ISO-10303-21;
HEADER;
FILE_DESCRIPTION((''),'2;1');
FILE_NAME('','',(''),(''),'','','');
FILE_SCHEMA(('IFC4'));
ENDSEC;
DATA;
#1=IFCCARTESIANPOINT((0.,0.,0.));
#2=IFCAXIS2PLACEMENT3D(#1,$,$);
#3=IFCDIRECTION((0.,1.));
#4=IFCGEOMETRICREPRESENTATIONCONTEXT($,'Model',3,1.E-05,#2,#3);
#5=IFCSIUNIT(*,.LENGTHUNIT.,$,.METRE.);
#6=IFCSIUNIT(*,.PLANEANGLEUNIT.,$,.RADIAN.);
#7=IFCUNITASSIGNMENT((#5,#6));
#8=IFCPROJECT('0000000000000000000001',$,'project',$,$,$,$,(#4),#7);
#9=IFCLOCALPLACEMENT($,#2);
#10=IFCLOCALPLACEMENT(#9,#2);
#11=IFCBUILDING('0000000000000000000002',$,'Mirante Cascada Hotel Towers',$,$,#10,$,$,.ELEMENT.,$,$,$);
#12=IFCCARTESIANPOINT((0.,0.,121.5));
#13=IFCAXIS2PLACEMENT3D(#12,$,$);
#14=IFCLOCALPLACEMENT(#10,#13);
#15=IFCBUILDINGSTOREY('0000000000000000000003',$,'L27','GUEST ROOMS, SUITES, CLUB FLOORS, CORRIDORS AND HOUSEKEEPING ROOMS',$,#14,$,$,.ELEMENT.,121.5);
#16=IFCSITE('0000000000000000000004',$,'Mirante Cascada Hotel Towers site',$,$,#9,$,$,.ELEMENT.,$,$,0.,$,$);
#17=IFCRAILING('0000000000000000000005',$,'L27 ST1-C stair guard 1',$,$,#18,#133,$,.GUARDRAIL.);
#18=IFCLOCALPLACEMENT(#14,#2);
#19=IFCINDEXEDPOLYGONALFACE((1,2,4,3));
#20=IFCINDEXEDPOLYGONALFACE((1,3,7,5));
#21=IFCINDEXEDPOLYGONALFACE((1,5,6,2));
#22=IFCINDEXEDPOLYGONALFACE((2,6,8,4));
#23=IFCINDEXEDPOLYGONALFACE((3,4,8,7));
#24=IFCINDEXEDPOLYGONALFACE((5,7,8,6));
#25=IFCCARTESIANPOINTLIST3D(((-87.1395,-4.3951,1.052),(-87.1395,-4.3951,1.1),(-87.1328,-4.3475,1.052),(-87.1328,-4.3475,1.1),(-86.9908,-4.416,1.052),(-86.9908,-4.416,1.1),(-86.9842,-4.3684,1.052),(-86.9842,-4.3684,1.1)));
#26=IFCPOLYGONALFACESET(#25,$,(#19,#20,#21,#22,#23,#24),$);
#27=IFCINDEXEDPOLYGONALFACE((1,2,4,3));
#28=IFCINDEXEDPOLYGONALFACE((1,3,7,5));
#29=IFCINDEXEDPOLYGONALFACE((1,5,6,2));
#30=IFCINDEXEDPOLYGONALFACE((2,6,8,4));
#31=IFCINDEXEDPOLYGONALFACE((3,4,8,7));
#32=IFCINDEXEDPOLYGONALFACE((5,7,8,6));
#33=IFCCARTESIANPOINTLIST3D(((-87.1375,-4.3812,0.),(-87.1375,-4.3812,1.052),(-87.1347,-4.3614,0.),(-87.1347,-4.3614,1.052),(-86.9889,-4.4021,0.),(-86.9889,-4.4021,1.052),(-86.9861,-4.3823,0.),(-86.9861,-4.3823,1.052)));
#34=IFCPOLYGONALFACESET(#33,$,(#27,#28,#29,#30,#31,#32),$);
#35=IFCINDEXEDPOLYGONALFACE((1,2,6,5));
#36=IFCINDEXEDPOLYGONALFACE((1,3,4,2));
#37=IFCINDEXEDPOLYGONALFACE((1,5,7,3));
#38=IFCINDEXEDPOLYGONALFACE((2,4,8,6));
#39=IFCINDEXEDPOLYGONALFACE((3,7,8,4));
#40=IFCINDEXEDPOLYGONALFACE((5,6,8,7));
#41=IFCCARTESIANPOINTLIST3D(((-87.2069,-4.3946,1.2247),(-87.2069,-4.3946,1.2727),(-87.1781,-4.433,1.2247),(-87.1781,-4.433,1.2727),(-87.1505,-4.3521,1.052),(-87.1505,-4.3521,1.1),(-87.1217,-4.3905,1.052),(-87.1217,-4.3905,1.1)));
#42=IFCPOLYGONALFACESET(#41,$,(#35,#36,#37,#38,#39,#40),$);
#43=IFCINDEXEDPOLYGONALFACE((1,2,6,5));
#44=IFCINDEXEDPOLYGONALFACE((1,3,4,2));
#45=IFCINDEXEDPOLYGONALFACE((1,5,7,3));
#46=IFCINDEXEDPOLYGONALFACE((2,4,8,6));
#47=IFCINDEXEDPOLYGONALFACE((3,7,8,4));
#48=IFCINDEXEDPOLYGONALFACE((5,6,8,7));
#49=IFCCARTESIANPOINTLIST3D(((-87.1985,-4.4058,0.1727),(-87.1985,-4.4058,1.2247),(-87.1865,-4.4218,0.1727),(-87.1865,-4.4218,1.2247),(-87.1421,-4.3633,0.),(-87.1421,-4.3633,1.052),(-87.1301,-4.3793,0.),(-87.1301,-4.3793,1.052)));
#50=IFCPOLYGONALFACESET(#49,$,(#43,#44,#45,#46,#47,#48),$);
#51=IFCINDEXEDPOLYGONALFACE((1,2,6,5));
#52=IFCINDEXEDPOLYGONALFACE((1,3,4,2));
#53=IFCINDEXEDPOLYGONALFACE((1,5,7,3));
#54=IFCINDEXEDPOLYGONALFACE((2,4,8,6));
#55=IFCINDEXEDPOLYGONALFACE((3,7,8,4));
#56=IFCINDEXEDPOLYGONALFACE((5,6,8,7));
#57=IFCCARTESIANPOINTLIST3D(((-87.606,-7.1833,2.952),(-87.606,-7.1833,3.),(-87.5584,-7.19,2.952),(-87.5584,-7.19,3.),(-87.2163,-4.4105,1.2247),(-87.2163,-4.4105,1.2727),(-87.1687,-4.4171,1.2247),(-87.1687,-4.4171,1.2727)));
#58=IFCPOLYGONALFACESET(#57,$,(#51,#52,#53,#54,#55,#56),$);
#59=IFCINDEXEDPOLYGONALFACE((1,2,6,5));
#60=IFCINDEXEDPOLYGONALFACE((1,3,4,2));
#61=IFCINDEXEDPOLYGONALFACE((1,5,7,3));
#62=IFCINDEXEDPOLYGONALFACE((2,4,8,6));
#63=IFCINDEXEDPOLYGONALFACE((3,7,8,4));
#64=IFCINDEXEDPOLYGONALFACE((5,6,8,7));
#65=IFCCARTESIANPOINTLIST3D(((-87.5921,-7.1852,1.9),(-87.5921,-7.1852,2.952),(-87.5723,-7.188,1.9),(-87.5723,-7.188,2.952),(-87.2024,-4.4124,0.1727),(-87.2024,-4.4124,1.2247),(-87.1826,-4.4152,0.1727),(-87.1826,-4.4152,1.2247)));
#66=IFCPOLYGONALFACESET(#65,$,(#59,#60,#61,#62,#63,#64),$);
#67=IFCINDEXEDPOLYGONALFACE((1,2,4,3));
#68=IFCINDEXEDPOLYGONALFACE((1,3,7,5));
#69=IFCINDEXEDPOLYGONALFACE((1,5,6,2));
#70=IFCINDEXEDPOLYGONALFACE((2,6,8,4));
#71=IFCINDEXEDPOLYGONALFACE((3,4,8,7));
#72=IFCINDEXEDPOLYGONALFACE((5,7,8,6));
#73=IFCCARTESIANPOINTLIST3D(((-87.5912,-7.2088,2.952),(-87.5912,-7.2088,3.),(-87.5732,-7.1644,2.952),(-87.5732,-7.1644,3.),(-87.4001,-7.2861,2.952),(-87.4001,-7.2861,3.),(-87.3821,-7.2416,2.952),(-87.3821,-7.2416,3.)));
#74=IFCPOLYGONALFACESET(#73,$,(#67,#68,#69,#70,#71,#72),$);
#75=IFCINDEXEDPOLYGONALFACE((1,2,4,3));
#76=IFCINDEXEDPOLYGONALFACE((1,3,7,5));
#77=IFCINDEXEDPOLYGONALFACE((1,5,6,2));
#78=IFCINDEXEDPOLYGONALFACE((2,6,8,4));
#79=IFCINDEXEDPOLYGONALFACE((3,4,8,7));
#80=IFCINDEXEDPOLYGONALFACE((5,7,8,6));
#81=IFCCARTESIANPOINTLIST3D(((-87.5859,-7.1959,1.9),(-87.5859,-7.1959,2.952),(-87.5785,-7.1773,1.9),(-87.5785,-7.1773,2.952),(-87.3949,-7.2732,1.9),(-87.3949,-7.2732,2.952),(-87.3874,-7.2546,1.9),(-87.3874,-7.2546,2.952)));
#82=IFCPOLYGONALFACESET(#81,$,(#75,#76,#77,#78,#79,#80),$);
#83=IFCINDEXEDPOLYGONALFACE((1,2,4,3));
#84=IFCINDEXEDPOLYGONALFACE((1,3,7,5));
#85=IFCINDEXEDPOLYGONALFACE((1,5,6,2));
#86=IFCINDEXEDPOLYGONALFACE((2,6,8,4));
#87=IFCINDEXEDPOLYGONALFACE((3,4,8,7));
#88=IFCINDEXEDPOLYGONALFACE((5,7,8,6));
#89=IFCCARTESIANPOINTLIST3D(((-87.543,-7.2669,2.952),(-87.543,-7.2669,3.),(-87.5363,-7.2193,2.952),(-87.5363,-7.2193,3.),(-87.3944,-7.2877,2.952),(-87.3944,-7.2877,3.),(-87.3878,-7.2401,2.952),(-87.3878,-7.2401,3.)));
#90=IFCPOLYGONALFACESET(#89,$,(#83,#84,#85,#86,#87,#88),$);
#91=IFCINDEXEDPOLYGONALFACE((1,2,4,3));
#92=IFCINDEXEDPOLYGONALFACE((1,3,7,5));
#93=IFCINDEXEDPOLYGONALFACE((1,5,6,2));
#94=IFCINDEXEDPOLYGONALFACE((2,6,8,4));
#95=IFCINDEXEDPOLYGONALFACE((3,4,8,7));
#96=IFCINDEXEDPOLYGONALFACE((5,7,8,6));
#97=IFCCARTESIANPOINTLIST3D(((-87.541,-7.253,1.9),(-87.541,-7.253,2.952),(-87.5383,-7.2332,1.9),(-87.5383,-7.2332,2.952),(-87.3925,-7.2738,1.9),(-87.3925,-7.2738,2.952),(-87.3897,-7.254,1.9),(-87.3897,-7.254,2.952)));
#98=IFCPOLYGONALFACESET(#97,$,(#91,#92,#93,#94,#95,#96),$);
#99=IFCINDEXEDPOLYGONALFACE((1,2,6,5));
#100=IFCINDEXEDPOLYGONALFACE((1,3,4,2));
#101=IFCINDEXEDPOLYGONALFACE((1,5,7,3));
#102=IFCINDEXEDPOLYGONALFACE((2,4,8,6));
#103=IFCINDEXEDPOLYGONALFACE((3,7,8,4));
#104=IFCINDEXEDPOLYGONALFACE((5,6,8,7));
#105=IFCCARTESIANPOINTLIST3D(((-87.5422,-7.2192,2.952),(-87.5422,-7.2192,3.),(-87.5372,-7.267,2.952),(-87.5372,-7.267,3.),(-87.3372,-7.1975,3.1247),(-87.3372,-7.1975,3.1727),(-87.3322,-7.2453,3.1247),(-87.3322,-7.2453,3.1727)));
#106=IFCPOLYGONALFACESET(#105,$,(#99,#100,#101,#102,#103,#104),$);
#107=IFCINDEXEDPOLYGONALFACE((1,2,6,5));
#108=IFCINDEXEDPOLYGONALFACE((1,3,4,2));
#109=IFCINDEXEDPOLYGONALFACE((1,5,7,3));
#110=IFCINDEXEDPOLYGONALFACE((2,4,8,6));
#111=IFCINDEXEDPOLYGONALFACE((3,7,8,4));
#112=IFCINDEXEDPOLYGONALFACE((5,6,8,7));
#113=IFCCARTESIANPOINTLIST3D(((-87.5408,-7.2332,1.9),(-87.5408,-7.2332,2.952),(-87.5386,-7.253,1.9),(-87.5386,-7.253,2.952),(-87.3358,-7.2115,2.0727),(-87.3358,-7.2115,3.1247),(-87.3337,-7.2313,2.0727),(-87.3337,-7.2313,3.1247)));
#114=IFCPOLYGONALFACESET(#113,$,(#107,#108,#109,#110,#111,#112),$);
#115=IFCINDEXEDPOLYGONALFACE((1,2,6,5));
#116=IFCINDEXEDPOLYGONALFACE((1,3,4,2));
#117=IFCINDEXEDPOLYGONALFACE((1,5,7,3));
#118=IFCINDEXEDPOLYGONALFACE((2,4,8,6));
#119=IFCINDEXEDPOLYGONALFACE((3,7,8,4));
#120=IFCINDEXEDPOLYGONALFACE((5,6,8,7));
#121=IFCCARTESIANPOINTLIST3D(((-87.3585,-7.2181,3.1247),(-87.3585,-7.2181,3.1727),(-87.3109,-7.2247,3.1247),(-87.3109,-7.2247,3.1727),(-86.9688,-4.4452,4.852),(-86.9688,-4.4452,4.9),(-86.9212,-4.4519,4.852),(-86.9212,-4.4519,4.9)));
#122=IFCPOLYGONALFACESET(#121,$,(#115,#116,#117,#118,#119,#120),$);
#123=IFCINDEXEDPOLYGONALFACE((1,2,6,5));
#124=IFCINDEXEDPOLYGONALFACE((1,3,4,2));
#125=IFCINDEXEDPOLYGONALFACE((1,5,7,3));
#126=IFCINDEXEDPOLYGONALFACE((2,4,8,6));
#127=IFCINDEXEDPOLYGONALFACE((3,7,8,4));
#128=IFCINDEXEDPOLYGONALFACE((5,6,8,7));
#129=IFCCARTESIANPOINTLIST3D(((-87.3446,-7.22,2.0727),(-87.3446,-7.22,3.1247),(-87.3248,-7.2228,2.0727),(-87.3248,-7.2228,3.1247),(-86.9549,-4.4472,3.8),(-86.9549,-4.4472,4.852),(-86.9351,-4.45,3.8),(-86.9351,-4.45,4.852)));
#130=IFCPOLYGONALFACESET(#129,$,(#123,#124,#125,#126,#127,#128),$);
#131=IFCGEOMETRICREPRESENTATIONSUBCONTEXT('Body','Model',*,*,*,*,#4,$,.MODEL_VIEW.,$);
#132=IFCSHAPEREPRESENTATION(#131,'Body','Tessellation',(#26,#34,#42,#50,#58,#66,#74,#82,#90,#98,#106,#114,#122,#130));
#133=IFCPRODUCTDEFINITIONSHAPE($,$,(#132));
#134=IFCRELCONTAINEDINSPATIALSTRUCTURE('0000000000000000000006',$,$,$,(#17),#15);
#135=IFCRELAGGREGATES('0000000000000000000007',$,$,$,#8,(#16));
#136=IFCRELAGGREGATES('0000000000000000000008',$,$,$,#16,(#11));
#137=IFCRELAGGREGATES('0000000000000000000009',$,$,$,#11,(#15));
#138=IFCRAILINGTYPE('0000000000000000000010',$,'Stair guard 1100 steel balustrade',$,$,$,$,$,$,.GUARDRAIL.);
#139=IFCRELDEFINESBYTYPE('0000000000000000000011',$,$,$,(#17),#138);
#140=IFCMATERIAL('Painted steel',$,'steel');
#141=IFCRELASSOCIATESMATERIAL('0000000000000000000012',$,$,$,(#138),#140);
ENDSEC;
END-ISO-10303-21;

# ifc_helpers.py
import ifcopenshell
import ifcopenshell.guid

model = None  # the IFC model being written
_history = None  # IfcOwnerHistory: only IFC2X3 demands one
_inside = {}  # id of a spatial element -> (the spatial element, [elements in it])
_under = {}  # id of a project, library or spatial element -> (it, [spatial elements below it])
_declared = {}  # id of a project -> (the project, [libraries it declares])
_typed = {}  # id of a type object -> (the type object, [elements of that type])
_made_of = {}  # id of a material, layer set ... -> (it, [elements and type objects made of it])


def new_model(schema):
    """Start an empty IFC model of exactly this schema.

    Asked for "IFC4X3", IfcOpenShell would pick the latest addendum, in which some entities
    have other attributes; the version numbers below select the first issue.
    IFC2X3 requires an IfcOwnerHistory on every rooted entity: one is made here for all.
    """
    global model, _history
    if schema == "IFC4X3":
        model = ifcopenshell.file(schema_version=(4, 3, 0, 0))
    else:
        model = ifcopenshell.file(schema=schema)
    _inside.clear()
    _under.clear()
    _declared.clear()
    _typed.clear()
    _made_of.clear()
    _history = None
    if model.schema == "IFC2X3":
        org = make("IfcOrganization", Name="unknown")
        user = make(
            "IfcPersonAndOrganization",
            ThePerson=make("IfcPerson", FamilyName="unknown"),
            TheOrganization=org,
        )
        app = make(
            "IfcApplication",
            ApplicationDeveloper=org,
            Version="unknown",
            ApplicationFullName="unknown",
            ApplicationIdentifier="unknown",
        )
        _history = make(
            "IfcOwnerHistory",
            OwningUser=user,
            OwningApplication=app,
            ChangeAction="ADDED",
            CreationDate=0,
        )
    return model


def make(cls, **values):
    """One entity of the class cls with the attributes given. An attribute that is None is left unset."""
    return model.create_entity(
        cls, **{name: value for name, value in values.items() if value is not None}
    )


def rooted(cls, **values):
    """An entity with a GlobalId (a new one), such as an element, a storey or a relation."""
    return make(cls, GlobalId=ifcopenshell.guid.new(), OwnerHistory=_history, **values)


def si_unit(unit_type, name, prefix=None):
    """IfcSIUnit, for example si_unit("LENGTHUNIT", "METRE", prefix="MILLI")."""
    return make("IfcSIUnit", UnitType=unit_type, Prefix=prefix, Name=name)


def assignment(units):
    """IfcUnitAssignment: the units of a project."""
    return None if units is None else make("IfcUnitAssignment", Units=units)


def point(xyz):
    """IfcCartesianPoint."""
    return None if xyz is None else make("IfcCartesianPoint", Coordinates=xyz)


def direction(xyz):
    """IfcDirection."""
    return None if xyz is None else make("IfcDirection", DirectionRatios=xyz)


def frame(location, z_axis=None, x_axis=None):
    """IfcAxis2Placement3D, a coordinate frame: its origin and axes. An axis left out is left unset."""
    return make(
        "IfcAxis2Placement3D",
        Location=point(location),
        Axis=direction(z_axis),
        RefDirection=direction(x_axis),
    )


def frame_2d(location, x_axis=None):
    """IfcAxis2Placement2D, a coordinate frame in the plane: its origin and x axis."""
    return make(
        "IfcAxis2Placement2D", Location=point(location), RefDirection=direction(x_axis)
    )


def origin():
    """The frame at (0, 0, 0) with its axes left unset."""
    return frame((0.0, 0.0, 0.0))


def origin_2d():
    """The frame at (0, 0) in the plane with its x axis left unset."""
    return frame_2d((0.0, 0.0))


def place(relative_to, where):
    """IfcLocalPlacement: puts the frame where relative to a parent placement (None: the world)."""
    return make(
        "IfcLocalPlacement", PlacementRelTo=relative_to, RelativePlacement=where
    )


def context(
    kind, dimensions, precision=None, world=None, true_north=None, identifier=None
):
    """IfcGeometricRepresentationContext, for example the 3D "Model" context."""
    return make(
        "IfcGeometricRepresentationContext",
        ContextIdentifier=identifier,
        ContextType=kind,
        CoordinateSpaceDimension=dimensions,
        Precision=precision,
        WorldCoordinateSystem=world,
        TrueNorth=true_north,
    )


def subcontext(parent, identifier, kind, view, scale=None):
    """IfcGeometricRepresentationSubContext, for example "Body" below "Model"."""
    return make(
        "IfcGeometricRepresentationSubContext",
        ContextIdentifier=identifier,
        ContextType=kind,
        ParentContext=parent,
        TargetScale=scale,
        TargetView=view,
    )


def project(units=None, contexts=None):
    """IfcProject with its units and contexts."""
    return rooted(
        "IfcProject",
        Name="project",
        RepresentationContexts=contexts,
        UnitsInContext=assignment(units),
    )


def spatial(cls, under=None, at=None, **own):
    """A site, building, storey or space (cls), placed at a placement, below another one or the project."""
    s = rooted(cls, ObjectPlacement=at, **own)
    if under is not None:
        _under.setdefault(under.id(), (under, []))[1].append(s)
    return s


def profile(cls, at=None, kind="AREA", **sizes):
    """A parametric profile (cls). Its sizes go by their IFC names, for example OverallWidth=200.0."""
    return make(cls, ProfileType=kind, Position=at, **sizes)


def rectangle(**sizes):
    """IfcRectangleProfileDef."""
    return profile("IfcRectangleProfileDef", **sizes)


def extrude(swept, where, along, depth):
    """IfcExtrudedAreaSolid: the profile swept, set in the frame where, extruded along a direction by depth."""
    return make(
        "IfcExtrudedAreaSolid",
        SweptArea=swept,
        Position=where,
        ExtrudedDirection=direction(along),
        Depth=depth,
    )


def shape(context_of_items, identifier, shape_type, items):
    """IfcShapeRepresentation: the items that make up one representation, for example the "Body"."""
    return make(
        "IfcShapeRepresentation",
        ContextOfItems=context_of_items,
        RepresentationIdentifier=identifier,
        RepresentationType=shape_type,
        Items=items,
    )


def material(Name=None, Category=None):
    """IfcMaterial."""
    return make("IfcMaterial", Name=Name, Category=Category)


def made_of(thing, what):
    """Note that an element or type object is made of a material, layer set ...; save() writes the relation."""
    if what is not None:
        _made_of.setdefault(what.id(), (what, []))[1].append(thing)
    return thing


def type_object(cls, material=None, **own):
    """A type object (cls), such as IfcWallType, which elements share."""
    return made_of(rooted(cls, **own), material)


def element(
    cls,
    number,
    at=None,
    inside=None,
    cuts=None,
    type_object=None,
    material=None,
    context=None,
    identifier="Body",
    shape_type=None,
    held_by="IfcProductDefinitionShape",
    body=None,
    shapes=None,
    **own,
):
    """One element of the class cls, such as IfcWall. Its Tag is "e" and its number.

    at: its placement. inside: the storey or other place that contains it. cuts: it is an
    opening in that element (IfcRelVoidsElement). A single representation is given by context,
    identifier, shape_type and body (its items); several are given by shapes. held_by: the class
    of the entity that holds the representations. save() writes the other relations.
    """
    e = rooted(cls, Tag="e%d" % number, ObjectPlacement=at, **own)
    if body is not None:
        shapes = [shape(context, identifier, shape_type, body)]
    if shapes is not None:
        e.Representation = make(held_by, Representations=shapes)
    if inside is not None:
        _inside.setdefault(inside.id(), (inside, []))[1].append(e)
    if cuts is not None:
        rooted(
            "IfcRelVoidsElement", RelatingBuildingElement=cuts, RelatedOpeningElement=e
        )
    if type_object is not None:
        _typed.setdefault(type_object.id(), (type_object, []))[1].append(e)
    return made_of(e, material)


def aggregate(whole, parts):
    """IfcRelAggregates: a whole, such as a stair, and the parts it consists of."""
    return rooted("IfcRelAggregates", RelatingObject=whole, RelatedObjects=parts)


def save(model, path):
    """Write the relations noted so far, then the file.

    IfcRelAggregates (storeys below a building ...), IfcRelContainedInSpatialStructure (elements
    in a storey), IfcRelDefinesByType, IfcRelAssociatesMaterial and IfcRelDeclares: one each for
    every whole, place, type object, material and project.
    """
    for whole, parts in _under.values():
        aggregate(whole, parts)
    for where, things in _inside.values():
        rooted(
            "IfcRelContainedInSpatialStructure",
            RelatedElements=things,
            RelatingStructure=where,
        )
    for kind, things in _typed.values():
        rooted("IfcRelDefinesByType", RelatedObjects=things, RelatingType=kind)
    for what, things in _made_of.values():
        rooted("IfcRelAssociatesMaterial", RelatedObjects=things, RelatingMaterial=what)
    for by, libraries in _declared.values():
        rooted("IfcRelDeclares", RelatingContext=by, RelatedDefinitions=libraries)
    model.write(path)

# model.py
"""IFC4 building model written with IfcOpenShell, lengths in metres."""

from ifc_helpers import new_model, si_unit, direction, frame, origin, origin_2d, place, context, subcontext, project, spatial, rectangle, extrude, material, type_object, element, save


model = new_model("IFC4")

# Units and contexts
model_context = context("Model", 3, precision=1e-05, world=origin(), true_north=direction((0.0, 1.0)))
body_context = subcontext(model_context, "Body", "Model", "MODEL_VIEW")
ifc_project = project(units=[si_unit("LENGTHUNIT", "METRE"), si_unit("PLANEANGLEUNIT", "RADIAN")], contexts=[model_context])

# Site, building, storey
site_placement = place(None, origin())
site = spatial("IfcSite", under=ifc_project, at=site_placement, Name="Mirante Cascada Hotel Towers site", CompositionType="ELEMENT", RefElevation=0.0)
building_placement = place(site_placement, origin())
building = spatial("IfcBuilding", under=site, at=building_placement, Name="Mirante Cascada Hotel Towers", CompositionType="ELEMENT")
storey_placement = place(building_placement, frame((0.0, 0.0, 121.5)))
storey = spatial("IfcBuildingStorey", under=building, at=storey_placement, Name="L27", Description="GUEST ROOMS, SUITES, CLUB FLOORS, CORRIDORS AND HOUSEKEEPING ROOMS", CompositionType="ELEMENT", Elevation=121.5)

# Railing
ifc_material_1 = material(Name="Painted steel", Category="steel")
railing_type_1 = type_object("IfcRailingType", Name="Stair guard 1100 steel balustrade", PredefinedType="GUARDRAIL", material=ifc_material_1)
railing_1_placement = place(storey_placement, frame((-86.9875, -4.3922, 0.0)))
element("IfcRailing", 1, at=railing_1_placement, inside=storey, type_object=railing_type_1, Name="L27 ST1-C stair guard 1", PredefinedType="GUARDRAIL", context=body_context, shape_type="SweptSolid", body=[
    extrude(rectangle(XDim=0.048, YDim=0.048, at=origin_2d()), frame((0.0, 0.0, 1.076), z_axis=(-0.990254, 0.139275, 0.0), x_axis=(-0.139275, -0.990254, 0.0)), (0.0, 0.0, 1.0), 0.1501),
    extrude(rectangle(XDim=0.02, YDim=1.052, at=origin_2d()), frame((0.0, 0.0, 0.526), z_axis=(-0.990254, 0.139275, 0.0), x_axis=(-0.139275, -0.990254, 0.0)), (0.0, 0.0, 1.0), 0.1501),
    extrude(rectangle(XDim=0.048, YDim=0.048, at=origin_2d()), frame((-0.1486, 0.0209, 1.076), z_axis=(-0.798639, -0.601811, 0.0), x_axis=(0.601811, -0.798639, 0.0)), (0.0, 0.925603, 0.378496), 0.1866),
    extrude(rectangle(XDim=0.02, YDim=1.052, at=origin_2d()), frame((-0.1486, 0.0209, 0.526), z_axis=(-0.798639, -0.601811, 0.0), x_axis=(0.601811, -0.798639, 0.0)), (0.0, 0.925603, 0.378496), 0.1866),
    extrude(rectangle(XDim=0.048, YDim=0.048, at=origin_2d()), frame((-0.205, -0.0216, 1.2487), z_axis=(-0.139176, -0.990268, 0.0), x_axis=(0.990268, -0.139176, 0.0)), (0.0, 0.525021, 0.851089), 3.29),
    extrude(rectangle(XDim=0.02, YDim=1.052, at=origin_2d()), frame((-0.205, -0.0216, 0.6987), z_axis=(-0.139176, -0.990268, 0.0), x_axis=(0.990268, -0.139176, 0.0)), (0.0, 0.525021, 0.851089), 3.29),
    extrude(rectangle(XDim=0.048, YDim=0.048, at=origin_2d()), frame((-0.5947, -2.7944, 2.976), z_axis=(0.927031, -0.374984, 0.0), x_axis=(0.374984, 0.927031, 0.0)), (0.0, 0.0, 1.0), 0.2061),
    extrude(rectangle(XDim=0.02, YDim=1.052, at=origin_2d()), frame((-0.5947, -2.7944, 2.426), z_axis=(0.927031, -0.374984, 0.0), x_axis=(0.374984, 0.927031, 0.0)), (0.0, 0.0, 1.0), 0.2061),
    extrude(rectangle(XDim=0.048, YDim=0.048, at=origin_2d()), frame((-0.4036, -2.8717, 2.976), z_axis=(-0.990345, 0.138622, 0.0), x_axis=(-0.138622, -0.990345, 0.0)), (0.0, 0.0, 1.0), 0.15),
    extrude(rectangle(XDim=0.02, YDim=1.052, at=origin_2d()), frame((-0.4036, -2.8717, 2.426), z_axis=(-0.990345, 0.138622, 0.0), x_axis=(-0.138622, -0.990345, 0.0)), (0.0, 0.0, 1.0), 0.15),
    extrude(rectangle(XDim=0.048, YDim=0.048, at=origin_2d()), frame((-0.5522, -2.8509, 2.976), z_axis=(0.994444, 0.105266, 0.0), x_axis=(-0.105266, 0.994444, 0.0)), (0.0, 0.642184, 0.76655), 0.2689),
    extrude(rectangle(XDim=0.02, YDim=1.052, at=origin_2d()), frame((-0.5522, -2.8509, 2.426), z_axis=(0.994444, 0.105266, 0.0), x_axis=(-0.105266, 0.994444, 0.0)), (0.0, 0.642184, 0.76655), 0.2689),
    extrude(rectangle(XDim=0.048, YDim=0.048, at=origin_2d()), frame((-0.3472, -2.8292, 3.1487), z_axis=(0.139176, 0.990268, 0.0), x_axis=(-0.990268, 0.139176, 0.0)), (0.0, 0.525021, 0.851089), 3.29),
    extrude(rectangle(XDim=0.02, YDim=1.052, at=origin_2d()), frame((-0.3472, -2.8292, 2.5987), z_axis=(0.139176, 0.990268, 0.0), x_axis=(-0.990268, 0.139176, 0.0)), (0.0, 0.525021, 0.851089), 3.29),
])

save(model, "model.ifc")
